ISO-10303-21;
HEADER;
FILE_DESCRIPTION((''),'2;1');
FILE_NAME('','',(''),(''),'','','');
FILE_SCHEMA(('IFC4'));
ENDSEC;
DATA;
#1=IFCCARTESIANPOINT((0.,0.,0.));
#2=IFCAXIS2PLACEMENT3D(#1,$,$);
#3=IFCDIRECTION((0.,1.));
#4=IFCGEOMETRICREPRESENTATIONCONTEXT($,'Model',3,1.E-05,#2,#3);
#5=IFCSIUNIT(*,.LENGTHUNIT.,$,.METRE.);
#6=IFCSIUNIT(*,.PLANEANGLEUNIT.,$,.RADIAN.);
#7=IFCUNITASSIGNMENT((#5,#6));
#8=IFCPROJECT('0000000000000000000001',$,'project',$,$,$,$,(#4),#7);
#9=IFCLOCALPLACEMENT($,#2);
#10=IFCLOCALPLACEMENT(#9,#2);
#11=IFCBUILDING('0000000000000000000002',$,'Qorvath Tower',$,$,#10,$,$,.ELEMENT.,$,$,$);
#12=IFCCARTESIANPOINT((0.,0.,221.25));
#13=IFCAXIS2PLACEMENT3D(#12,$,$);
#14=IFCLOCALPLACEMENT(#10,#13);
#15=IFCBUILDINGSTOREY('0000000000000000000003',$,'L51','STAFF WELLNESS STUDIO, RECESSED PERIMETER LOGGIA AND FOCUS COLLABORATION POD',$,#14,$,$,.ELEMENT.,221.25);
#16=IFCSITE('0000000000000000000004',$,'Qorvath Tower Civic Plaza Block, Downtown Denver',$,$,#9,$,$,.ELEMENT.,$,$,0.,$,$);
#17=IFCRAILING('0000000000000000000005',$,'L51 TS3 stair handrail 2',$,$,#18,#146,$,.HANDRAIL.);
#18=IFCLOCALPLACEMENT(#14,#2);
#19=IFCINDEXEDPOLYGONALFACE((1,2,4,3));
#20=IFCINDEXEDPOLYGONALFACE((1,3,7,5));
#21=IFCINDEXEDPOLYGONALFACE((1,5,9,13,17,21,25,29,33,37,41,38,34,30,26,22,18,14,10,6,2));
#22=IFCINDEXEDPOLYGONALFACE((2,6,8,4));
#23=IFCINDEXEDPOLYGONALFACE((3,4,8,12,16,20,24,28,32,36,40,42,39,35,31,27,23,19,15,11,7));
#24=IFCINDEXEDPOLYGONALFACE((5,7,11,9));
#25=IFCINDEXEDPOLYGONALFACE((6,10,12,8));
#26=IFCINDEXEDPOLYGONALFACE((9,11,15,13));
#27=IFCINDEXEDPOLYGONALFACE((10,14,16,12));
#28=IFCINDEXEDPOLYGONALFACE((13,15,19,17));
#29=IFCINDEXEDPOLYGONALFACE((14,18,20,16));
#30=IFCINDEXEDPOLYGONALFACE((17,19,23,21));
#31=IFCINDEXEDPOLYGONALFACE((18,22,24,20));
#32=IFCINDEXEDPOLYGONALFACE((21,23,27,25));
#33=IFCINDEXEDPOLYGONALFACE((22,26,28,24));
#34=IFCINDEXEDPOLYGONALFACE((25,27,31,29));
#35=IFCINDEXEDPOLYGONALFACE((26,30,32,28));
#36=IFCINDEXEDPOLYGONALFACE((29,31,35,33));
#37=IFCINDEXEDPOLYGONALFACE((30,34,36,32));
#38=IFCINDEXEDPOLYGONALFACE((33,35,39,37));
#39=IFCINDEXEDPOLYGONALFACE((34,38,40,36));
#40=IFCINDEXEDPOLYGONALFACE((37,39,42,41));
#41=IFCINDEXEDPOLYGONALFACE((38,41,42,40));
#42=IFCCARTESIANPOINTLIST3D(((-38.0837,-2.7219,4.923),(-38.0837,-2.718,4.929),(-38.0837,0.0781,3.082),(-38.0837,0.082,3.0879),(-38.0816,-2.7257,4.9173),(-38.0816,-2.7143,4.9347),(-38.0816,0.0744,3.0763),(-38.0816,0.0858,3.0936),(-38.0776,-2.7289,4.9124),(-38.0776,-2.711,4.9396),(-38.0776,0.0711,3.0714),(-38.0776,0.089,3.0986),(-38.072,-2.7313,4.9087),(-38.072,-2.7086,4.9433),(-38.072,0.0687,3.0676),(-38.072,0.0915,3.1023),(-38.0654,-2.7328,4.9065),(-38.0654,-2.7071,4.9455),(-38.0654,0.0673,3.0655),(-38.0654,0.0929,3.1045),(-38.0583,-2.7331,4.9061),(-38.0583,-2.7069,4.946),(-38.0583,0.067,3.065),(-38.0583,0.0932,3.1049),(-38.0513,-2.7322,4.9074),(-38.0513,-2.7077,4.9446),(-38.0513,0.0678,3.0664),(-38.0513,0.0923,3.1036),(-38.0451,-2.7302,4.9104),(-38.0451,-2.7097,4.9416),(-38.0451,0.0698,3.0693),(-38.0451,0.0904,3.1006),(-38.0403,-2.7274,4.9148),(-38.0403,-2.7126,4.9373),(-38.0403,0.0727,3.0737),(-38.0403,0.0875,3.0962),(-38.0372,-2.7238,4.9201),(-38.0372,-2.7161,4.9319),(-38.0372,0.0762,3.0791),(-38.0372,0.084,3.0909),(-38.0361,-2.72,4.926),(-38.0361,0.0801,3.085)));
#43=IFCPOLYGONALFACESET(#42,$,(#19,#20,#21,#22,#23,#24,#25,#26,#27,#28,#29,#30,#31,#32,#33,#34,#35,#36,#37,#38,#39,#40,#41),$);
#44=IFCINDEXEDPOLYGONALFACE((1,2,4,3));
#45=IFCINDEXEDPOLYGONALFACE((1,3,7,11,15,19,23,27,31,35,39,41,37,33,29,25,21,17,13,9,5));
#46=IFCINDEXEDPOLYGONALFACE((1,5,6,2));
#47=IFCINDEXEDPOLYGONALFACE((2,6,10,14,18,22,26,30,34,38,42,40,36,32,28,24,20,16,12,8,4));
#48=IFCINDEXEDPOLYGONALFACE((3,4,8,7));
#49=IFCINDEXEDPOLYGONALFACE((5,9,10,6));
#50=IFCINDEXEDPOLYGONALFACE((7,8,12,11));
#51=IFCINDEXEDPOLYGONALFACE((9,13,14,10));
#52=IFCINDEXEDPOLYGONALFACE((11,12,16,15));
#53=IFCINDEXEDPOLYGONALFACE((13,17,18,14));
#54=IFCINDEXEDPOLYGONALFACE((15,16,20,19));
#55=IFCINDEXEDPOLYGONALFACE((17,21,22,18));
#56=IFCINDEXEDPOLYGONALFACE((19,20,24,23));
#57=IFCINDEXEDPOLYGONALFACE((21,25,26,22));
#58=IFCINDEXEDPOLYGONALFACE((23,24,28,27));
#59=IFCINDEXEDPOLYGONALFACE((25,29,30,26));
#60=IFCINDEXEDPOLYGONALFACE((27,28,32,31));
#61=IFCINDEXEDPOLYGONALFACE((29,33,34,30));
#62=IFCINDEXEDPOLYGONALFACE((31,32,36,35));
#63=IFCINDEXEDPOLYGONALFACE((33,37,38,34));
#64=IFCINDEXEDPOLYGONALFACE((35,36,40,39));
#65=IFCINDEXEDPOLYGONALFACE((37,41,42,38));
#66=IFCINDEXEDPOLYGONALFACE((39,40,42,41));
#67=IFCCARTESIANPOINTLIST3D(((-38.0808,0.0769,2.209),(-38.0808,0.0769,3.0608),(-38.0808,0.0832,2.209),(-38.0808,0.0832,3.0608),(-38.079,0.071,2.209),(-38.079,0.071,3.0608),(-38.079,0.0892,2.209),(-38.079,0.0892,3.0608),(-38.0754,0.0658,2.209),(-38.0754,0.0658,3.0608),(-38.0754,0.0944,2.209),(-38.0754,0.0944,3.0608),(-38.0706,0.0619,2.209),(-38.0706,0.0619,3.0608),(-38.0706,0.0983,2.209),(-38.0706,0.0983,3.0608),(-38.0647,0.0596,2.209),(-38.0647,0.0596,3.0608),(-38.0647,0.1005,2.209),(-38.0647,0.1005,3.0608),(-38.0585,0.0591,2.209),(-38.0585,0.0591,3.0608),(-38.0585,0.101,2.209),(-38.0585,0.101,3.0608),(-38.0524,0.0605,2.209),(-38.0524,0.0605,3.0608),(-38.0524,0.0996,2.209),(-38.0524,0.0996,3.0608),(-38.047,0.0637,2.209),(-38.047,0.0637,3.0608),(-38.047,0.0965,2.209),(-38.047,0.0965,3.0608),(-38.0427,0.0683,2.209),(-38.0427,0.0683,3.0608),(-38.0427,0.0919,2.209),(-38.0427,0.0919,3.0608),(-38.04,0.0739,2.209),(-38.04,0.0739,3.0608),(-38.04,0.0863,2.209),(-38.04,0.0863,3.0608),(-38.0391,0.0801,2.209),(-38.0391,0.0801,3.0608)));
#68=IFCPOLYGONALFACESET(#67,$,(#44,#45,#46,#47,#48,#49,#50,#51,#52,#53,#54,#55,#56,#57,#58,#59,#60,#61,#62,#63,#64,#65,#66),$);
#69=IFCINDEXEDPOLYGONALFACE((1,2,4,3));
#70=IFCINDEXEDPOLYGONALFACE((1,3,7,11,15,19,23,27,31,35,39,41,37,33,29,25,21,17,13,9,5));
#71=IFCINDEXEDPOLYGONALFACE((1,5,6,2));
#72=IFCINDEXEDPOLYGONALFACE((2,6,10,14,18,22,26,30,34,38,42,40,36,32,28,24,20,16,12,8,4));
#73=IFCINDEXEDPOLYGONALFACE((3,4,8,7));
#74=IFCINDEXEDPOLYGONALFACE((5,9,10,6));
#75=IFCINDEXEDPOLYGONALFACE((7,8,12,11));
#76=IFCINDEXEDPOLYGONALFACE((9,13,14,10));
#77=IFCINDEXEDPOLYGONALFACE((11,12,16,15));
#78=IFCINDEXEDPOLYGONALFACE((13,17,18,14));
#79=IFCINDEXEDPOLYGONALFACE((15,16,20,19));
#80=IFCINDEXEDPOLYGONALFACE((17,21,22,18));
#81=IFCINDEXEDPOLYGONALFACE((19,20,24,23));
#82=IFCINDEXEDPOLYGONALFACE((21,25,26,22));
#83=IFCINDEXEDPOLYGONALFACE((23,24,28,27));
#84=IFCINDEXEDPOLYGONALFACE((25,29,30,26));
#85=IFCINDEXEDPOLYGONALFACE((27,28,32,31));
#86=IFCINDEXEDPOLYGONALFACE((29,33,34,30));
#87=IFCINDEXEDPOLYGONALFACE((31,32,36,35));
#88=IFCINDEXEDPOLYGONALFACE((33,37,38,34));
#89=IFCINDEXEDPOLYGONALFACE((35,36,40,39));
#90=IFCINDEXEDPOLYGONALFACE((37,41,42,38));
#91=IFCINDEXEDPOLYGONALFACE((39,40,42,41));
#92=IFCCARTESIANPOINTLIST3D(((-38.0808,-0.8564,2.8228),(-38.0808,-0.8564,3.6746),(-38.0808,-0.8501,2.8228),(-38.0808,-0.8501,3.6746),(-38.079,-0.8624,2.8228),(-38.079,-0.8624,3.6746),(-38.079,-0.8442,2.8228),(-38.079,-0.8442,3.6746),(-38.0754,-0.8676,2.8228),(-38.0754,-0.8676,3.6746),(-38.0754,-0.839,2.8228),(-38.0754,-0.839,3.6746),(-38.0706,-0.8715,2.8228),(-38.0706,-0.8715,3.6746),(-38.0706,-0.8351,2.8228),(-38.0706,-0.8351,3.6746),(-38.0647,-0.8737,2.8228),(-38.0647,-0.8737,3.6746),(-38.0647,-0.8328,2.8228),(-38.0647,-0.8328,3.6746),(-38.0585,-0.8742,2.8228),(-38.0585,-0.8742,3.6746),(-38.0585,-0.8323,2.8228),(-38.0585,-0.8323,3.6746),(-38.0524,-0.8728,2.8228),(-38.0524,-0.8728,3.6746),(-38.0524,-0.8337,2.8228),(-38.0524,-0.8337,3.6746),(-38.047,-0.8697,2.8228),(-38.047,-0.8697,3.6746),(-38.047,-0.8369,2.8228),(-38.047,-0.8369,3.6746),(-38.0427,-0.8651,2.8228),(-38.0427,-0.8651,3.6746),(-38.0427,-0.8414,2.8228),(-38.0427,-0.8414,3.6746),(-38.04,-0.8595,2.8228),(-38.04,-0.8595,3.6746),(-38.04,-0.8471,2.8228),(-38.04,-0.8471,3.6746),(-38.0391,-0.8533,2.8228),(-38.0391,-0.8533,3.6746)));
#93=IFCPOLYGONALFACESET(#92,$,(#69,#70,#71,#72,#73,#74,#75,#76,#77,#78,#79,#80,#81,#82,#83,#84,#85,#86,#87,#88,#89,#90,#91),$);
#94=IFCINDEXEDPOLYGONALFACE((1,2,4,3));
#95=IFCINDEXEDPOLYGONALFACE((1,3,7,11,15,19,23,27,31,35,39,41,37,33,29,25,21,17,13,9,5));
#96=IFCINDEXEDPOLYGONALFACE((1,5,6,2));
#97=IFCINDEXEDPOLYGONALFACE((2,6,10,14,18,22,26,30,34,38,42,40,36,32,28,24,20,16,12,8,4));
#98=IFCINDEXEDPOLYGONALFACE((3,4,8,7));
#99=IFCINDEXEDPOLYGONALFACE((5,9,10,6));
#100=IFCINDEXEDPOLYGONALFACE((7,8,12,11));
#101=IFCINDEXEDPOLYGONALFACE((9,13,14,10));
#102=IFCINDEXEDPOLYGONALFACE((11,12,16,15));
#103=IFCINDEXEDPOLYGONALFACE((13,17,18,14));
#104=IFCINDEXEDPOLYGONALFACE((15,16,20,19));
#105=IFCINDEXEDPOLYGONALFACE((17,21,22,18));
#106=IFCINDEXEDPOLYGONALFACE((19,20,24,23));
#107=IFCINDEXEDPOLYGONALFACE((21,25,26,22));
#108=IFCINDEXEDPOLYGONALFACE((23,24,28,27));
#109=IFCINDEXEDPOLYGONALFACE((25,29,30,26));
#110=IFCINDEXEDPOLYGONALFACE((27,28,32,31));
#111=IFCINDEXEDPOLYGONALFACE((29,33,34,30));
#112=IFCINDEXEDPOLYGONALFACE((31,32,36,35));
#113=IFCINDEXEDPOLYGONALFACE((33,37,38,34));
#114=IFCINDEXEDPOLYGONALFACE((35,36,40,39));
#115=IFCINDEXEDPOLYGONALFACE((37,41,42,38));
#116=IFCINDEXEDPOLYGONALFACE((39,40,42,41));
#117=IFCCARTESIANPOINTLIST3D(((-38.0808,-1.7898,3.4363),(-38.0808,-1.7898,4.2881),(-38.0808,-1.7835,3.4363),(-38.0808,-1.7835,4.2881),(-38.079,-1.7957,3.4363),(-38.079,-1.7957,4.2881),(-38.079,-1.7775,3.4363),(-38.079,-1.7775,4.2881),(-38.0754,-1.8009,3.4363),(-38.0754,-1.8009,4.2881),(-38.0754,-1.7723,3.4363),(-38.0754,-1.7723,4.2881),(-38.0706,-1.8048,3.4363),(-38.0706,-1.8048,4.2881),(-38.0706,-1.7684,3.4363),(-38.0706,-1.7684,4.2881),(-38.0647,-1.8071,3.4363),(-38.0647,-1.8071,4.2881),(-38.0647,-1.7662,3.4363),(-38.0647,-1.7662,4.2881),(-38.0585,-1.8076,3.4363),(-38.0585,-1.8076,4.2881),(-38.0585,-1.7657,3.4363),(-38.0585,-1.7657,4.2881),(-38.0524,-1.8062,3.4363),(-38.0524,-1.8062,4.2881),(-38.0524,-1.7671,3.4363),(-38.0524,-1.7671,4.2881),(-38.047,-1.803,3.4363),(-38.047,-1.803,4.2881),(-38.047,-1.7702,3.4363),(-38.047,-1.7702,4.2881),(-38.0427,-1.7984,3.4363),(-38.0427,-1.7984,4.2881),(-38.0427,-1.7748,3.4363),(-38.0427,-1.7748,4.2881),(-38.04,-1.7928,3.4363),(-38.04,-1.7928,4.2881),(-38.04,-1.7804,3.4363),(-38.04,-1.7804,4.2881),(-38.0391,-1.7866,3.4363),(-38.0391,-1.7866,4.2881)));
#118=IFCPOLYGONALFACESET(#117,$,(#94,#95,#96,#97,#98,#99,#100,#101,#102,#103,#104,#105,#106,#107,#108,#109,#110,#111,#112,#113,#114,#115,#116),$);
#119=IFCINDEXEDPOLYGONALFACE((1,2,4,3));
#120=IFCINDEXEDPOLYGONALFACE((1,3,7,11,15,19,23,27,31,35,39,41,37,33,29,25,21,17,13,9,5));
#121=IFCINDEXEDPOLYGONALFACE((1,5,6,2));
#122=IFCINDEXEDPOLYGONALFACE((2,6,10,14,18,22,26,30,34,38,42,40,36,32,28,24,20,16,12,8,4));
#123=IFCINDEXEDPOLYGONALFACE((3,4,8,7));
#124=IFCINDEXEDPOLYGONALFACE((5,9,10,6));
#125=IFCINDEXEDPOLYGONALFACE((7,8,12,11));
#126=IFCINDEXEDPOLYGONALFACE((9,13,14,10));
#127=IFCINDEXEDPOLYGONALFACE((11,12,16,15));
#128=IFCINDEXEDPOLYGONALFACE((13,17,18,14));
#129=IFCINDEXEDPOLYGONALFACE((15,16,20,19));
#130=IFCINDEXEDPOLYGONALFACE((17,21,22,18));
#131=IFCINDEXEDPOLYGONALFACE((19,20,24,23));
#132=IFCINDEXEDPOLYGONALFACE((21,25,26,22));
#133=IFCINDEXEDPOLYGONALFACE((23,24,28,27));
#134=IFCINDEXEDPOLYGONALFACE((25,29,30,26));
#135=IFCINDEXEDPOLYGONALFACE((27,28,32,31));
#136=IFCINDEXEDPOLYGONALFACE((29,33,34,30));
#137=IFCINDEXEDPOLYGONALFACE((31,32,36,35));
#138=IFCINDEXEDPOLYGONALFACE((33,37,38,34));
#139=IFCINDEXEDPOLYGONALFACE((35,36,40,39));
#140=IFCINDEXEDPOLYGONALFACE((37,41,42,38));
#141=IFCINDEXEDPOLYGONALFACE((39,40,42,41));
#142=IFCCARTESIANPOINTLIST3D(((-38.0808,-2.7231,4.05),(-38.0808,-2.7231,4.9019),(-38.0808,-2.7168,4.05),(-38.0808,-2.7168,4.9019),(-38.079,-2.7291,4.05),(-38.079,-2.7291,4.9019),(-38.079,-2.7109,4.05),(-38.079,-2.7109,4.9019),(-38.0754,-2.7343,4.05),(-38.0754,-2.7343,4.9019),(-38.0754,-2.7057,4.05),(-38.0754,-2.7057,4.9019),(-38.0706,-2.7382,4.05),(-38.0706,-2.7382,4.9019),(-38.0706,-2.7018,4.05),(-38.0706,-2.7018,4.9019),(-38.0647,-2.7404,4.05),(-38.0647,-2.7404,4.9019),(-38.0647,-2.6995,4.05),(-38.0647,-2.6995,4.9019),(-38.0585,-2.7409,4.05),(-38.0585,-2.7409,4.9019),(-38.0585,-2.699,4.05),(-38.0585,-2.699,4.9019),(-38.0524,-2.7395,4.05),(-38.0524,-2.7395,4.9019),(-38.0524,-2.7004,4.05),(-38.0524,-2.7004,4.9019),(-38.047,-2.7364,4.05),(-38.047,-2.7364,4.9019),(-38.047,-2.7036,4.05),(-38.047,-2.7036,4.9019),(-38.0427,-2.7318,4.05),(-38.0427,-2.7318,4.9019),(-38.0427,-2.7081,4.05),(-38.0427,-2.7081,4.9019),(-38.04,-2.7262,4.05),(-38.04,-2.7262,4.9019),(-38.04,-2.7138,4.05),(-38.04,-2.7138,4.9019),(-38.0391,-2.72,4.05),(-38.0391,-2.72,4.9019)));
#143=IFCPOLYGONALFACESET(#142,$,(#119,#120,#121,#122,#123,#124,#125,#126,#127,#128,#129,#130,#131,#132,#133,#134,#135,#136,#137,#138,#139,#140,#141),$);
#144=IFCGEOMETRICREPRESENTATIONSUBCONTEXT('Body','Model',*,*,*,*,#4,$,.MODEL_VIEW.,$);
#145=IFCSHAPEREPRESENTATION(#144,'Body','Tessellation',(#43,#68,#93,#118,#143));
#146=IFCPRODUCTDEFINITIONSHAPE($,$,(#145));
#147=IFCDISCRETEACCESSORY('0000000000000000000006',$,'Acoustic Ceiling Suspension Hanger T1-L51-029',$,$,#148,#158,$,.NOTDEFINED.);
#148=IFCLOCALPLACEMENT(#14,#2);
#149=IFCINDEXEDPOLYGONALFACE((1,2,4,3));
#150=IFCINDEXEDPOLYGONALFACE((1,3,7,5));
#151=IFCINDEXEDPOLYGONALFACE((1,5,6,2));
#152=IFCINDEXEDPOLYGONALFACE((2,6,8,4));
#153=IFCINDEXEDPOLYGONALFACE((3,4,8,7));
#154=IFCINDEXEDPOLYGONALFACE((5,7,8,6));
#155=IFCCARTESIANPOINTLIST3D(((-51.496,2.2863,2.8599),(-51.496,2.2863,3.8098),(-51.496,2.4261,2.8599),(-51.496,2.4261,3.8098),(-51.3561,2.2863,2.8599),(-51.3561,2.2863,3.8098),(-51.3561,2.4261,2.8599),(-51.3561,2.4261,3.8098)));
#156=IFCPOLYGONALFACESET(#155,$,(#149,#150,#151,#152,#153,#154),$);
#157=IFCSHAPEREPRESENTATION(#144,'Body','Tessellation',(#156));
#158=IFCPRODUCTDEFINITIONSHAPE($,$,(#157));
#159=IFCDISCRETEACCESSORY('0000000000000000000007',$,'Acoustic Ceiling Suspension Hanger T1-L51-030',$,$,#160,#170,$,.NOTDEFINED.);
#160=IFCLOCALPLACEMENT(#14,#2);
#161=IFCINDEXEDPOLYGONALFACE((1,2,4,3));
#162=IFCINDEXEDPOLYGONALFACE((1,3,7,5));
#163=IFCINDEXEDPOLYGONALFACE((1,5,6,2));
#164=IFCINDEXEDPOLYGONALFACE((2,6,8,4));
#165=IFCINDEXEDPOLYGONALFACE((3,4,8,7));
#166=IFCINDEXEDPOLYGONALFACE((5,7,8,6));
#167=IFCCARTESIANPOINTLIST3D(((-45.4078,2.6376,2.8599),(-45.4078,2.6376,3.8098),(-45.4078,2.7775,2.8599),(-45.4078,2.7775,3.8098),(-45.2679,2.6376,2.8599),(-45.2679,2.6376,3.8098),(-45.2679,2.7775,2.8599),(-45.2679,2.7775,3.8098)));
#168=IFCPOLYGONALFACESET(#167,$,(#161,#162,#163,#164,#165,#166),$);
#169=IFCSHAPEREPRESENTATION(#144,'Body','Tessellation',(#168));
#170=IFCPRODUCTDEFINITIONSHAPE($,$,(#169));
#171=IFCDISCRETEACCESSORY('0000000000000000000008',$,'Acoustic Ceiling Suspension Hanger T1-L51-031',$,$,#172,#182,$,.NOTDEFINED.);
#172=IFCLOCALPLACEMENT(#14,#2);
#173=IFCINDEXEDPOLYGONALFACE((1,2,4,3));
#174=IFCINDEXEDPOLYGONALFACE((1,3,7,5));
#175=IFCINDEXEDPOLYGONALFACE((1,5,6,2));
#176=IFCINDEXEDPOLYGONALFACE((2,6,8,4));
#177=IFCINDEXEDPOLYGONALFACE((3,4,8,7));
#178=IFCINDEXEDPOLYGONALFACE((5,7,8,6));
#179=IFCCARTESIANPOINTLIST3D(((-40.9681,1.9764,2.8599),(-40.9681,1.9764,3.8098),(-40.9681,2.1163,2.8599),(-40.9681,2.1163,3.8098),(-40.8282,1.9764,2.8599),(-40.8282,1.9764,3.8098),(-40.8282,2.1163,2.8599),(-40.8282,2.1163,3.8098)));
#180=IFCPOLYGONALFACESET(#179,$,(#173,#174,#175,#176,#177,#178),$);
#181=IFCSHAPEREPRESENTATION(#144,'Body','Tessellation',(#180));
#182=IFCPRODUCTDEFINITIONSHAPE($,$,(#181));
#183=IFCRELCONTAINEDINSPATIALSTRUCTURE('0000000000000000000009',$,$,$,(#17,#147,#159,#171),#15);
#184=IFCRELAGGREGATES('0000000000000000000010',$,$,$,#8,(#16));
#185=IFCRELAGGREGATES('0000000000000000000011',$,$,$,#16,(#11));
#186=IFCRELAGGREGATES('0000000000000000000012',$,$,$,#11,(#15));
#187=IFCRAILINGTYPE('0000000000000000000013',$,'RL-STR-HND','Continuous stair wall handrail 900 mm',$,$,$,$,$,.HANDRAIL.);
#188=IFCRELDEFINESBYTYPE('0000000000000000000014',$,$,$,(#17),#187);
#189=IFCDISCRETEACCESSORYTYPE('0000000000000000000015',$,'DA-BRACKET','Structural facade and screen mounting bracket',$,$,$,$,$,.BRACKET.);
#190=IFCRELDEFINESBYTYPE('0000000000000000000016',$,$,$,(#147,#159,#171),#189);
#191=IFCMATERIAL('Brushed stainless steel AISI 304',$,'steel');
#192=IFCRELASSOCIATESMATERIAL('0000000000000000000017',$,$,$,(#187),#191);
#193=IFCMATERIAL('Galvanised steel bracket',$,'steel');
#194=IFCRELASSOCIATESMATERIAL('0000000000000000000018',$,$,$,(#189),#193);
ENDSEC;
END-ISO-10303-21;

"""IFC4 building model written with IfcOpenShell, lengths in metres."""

from ifc_helpers import new_model, si_unit, direction, frame, origin, origin_2d, place, context, subcontext, project, spatial, rectangle, circle, extrude, material, type_object, element, save


model = new_model("IFC4")

# Units and contexts
model_context = context("Model", 3, precision=1e-05, world=origin(), true_north=direction((0.0, 1.0)))
body_context = subcontext(model_context, "Body", "Model", "MODEL_VIEW")
ifc_project = project(units=[si_unit("LENGTHUNIT", "METRE"), si_unit("PLANEANGLEUNIT", "RADIAN")], contexts=[model_context])

# Site, building, storey
site_placement = place(None, origin())
site = spatial("IfcSite", under=ifc_project, at=site_placement, Name="Qorvath Tower Civic Plaza Block, Downtown Denver", CompositionType="ELEMENT", RefElevation=0.0)
building_placement = place(site_placement, origin())
building = spatial("IfcBuilding", under=site, at=building_placement, Name="Qorvath Tower", CompositionType="ELEMENT")
storey_placement = place(building_placement, frame((0.0, 0.0, 221.25)))
storey = spatial("IfcBuildingStorey", under=building, at=storey_placement, Name="L51", Description="STAFF WELLNESS STUDIO, RECESSED PERIMETER LOGGIA AND FOCUS COLLABORATION POD", CompositionType="ELEMENT", Elevation=221.25)

# Railing
ifc_material_1 = material(Name="Brushed stainless steel AISI 304", Category="steel")
railing_type = type_object("IfcRailingType", Name="RL-STR-HND", Description="Continuous stair wall handrail 900 mm", PredefinedType="HANDRAIL", material=ifc_material_1)
railing_placement = place(storey_placement, frame((-38.0601, 0.0801, 2.209)))
element("IfcRailing", 1, at=railing_placement, inside=storey, type_object=railing_type, Name="L51 TS3 stair handrail 2", PredefinedType="HANDRAIL", context=body_context, shape_type="SweptSolid", body=[
    extrude(circle(Radius=0.0239, at=origin_2d()), frame((0.0, 0.0, 0.876), z_axis=(0.0, -0.835564, 0.549393), x_axis=(1.0, 0.0, 0.0)), (0.0, 0.0, 1.0), 3.3511),
    extrude(circle(Radius=0.021, at=origin_2d()), origin(), (0.0, 0.0, 1.0), 0.8518),
    extrude(circle(Radius=0.021, at=origin_2d()), frame((0.0, -0.9333, 0.6138)), (0.0, 0.0, 1.0), 0.8518),
    extrude(circle(Radius=0.021, at=origin_2d()), frame((0.0, -1.8667, 1.2273)), (0.0, 0.0, 1.0), 0.8518),
    extrude(circle(Radius=0.021, at=origin_2d()), frame((0.0, -2.8, 1.8411)), (0.0, 0.0, 1.0), 0.8518),
])

# Discrete accessories
ifc_material_2 = material(Name="Galvanised steel bracket", Category="steel")
discrete_accessory_type = type_object("IfcDiscreteAccessoryType", Name="DA-BRACKET", Description="Structural facade and screen mounting bracket", PredefinedType="BRACKET", material=ifc_material_2)
for number, where, z_axis, x_axis, name in (
    (2, (-51.426, 2.3562, 2.8599), (0.0, 0.0, 1.0), (1.0, 0.0, 0.0), "Acoustic Ceiling Suspension Hanger T1-L51-029"),
    (3, (-45.3379, 2.7075, 2.8599), (0.0, 0.0, 1.0), (1.0, 0.0, 0.0), "Acoustic Ceiling Suspension Hanger T1-L51-030"),
    (4, (-40.8982, 2.0464, 2.8599), (0.0, 0.0, 1.0), (1.0, 0.0, 0.0), "Acoustic Ceiling Suspension Hanger T1-L51-031"),
):
    element("IfcDiscreteAccessory", number, at=place(storey_placement, frame(where, z_axis=z_axis, x_axis=x_axis)), inside=storey, type_object=discrete_accessory_type, Name=name, PredefinedType="NOTDEFINED", context=body_context, shape_type="SweptSolid", body=[
        extrude(rectangle(XDim=0.1399, YDim=0.1399, at=origin_2d()), origin(), (0.0, 0.0, 1.0), 0.95),
    ])

save(model, "model.ifc")
